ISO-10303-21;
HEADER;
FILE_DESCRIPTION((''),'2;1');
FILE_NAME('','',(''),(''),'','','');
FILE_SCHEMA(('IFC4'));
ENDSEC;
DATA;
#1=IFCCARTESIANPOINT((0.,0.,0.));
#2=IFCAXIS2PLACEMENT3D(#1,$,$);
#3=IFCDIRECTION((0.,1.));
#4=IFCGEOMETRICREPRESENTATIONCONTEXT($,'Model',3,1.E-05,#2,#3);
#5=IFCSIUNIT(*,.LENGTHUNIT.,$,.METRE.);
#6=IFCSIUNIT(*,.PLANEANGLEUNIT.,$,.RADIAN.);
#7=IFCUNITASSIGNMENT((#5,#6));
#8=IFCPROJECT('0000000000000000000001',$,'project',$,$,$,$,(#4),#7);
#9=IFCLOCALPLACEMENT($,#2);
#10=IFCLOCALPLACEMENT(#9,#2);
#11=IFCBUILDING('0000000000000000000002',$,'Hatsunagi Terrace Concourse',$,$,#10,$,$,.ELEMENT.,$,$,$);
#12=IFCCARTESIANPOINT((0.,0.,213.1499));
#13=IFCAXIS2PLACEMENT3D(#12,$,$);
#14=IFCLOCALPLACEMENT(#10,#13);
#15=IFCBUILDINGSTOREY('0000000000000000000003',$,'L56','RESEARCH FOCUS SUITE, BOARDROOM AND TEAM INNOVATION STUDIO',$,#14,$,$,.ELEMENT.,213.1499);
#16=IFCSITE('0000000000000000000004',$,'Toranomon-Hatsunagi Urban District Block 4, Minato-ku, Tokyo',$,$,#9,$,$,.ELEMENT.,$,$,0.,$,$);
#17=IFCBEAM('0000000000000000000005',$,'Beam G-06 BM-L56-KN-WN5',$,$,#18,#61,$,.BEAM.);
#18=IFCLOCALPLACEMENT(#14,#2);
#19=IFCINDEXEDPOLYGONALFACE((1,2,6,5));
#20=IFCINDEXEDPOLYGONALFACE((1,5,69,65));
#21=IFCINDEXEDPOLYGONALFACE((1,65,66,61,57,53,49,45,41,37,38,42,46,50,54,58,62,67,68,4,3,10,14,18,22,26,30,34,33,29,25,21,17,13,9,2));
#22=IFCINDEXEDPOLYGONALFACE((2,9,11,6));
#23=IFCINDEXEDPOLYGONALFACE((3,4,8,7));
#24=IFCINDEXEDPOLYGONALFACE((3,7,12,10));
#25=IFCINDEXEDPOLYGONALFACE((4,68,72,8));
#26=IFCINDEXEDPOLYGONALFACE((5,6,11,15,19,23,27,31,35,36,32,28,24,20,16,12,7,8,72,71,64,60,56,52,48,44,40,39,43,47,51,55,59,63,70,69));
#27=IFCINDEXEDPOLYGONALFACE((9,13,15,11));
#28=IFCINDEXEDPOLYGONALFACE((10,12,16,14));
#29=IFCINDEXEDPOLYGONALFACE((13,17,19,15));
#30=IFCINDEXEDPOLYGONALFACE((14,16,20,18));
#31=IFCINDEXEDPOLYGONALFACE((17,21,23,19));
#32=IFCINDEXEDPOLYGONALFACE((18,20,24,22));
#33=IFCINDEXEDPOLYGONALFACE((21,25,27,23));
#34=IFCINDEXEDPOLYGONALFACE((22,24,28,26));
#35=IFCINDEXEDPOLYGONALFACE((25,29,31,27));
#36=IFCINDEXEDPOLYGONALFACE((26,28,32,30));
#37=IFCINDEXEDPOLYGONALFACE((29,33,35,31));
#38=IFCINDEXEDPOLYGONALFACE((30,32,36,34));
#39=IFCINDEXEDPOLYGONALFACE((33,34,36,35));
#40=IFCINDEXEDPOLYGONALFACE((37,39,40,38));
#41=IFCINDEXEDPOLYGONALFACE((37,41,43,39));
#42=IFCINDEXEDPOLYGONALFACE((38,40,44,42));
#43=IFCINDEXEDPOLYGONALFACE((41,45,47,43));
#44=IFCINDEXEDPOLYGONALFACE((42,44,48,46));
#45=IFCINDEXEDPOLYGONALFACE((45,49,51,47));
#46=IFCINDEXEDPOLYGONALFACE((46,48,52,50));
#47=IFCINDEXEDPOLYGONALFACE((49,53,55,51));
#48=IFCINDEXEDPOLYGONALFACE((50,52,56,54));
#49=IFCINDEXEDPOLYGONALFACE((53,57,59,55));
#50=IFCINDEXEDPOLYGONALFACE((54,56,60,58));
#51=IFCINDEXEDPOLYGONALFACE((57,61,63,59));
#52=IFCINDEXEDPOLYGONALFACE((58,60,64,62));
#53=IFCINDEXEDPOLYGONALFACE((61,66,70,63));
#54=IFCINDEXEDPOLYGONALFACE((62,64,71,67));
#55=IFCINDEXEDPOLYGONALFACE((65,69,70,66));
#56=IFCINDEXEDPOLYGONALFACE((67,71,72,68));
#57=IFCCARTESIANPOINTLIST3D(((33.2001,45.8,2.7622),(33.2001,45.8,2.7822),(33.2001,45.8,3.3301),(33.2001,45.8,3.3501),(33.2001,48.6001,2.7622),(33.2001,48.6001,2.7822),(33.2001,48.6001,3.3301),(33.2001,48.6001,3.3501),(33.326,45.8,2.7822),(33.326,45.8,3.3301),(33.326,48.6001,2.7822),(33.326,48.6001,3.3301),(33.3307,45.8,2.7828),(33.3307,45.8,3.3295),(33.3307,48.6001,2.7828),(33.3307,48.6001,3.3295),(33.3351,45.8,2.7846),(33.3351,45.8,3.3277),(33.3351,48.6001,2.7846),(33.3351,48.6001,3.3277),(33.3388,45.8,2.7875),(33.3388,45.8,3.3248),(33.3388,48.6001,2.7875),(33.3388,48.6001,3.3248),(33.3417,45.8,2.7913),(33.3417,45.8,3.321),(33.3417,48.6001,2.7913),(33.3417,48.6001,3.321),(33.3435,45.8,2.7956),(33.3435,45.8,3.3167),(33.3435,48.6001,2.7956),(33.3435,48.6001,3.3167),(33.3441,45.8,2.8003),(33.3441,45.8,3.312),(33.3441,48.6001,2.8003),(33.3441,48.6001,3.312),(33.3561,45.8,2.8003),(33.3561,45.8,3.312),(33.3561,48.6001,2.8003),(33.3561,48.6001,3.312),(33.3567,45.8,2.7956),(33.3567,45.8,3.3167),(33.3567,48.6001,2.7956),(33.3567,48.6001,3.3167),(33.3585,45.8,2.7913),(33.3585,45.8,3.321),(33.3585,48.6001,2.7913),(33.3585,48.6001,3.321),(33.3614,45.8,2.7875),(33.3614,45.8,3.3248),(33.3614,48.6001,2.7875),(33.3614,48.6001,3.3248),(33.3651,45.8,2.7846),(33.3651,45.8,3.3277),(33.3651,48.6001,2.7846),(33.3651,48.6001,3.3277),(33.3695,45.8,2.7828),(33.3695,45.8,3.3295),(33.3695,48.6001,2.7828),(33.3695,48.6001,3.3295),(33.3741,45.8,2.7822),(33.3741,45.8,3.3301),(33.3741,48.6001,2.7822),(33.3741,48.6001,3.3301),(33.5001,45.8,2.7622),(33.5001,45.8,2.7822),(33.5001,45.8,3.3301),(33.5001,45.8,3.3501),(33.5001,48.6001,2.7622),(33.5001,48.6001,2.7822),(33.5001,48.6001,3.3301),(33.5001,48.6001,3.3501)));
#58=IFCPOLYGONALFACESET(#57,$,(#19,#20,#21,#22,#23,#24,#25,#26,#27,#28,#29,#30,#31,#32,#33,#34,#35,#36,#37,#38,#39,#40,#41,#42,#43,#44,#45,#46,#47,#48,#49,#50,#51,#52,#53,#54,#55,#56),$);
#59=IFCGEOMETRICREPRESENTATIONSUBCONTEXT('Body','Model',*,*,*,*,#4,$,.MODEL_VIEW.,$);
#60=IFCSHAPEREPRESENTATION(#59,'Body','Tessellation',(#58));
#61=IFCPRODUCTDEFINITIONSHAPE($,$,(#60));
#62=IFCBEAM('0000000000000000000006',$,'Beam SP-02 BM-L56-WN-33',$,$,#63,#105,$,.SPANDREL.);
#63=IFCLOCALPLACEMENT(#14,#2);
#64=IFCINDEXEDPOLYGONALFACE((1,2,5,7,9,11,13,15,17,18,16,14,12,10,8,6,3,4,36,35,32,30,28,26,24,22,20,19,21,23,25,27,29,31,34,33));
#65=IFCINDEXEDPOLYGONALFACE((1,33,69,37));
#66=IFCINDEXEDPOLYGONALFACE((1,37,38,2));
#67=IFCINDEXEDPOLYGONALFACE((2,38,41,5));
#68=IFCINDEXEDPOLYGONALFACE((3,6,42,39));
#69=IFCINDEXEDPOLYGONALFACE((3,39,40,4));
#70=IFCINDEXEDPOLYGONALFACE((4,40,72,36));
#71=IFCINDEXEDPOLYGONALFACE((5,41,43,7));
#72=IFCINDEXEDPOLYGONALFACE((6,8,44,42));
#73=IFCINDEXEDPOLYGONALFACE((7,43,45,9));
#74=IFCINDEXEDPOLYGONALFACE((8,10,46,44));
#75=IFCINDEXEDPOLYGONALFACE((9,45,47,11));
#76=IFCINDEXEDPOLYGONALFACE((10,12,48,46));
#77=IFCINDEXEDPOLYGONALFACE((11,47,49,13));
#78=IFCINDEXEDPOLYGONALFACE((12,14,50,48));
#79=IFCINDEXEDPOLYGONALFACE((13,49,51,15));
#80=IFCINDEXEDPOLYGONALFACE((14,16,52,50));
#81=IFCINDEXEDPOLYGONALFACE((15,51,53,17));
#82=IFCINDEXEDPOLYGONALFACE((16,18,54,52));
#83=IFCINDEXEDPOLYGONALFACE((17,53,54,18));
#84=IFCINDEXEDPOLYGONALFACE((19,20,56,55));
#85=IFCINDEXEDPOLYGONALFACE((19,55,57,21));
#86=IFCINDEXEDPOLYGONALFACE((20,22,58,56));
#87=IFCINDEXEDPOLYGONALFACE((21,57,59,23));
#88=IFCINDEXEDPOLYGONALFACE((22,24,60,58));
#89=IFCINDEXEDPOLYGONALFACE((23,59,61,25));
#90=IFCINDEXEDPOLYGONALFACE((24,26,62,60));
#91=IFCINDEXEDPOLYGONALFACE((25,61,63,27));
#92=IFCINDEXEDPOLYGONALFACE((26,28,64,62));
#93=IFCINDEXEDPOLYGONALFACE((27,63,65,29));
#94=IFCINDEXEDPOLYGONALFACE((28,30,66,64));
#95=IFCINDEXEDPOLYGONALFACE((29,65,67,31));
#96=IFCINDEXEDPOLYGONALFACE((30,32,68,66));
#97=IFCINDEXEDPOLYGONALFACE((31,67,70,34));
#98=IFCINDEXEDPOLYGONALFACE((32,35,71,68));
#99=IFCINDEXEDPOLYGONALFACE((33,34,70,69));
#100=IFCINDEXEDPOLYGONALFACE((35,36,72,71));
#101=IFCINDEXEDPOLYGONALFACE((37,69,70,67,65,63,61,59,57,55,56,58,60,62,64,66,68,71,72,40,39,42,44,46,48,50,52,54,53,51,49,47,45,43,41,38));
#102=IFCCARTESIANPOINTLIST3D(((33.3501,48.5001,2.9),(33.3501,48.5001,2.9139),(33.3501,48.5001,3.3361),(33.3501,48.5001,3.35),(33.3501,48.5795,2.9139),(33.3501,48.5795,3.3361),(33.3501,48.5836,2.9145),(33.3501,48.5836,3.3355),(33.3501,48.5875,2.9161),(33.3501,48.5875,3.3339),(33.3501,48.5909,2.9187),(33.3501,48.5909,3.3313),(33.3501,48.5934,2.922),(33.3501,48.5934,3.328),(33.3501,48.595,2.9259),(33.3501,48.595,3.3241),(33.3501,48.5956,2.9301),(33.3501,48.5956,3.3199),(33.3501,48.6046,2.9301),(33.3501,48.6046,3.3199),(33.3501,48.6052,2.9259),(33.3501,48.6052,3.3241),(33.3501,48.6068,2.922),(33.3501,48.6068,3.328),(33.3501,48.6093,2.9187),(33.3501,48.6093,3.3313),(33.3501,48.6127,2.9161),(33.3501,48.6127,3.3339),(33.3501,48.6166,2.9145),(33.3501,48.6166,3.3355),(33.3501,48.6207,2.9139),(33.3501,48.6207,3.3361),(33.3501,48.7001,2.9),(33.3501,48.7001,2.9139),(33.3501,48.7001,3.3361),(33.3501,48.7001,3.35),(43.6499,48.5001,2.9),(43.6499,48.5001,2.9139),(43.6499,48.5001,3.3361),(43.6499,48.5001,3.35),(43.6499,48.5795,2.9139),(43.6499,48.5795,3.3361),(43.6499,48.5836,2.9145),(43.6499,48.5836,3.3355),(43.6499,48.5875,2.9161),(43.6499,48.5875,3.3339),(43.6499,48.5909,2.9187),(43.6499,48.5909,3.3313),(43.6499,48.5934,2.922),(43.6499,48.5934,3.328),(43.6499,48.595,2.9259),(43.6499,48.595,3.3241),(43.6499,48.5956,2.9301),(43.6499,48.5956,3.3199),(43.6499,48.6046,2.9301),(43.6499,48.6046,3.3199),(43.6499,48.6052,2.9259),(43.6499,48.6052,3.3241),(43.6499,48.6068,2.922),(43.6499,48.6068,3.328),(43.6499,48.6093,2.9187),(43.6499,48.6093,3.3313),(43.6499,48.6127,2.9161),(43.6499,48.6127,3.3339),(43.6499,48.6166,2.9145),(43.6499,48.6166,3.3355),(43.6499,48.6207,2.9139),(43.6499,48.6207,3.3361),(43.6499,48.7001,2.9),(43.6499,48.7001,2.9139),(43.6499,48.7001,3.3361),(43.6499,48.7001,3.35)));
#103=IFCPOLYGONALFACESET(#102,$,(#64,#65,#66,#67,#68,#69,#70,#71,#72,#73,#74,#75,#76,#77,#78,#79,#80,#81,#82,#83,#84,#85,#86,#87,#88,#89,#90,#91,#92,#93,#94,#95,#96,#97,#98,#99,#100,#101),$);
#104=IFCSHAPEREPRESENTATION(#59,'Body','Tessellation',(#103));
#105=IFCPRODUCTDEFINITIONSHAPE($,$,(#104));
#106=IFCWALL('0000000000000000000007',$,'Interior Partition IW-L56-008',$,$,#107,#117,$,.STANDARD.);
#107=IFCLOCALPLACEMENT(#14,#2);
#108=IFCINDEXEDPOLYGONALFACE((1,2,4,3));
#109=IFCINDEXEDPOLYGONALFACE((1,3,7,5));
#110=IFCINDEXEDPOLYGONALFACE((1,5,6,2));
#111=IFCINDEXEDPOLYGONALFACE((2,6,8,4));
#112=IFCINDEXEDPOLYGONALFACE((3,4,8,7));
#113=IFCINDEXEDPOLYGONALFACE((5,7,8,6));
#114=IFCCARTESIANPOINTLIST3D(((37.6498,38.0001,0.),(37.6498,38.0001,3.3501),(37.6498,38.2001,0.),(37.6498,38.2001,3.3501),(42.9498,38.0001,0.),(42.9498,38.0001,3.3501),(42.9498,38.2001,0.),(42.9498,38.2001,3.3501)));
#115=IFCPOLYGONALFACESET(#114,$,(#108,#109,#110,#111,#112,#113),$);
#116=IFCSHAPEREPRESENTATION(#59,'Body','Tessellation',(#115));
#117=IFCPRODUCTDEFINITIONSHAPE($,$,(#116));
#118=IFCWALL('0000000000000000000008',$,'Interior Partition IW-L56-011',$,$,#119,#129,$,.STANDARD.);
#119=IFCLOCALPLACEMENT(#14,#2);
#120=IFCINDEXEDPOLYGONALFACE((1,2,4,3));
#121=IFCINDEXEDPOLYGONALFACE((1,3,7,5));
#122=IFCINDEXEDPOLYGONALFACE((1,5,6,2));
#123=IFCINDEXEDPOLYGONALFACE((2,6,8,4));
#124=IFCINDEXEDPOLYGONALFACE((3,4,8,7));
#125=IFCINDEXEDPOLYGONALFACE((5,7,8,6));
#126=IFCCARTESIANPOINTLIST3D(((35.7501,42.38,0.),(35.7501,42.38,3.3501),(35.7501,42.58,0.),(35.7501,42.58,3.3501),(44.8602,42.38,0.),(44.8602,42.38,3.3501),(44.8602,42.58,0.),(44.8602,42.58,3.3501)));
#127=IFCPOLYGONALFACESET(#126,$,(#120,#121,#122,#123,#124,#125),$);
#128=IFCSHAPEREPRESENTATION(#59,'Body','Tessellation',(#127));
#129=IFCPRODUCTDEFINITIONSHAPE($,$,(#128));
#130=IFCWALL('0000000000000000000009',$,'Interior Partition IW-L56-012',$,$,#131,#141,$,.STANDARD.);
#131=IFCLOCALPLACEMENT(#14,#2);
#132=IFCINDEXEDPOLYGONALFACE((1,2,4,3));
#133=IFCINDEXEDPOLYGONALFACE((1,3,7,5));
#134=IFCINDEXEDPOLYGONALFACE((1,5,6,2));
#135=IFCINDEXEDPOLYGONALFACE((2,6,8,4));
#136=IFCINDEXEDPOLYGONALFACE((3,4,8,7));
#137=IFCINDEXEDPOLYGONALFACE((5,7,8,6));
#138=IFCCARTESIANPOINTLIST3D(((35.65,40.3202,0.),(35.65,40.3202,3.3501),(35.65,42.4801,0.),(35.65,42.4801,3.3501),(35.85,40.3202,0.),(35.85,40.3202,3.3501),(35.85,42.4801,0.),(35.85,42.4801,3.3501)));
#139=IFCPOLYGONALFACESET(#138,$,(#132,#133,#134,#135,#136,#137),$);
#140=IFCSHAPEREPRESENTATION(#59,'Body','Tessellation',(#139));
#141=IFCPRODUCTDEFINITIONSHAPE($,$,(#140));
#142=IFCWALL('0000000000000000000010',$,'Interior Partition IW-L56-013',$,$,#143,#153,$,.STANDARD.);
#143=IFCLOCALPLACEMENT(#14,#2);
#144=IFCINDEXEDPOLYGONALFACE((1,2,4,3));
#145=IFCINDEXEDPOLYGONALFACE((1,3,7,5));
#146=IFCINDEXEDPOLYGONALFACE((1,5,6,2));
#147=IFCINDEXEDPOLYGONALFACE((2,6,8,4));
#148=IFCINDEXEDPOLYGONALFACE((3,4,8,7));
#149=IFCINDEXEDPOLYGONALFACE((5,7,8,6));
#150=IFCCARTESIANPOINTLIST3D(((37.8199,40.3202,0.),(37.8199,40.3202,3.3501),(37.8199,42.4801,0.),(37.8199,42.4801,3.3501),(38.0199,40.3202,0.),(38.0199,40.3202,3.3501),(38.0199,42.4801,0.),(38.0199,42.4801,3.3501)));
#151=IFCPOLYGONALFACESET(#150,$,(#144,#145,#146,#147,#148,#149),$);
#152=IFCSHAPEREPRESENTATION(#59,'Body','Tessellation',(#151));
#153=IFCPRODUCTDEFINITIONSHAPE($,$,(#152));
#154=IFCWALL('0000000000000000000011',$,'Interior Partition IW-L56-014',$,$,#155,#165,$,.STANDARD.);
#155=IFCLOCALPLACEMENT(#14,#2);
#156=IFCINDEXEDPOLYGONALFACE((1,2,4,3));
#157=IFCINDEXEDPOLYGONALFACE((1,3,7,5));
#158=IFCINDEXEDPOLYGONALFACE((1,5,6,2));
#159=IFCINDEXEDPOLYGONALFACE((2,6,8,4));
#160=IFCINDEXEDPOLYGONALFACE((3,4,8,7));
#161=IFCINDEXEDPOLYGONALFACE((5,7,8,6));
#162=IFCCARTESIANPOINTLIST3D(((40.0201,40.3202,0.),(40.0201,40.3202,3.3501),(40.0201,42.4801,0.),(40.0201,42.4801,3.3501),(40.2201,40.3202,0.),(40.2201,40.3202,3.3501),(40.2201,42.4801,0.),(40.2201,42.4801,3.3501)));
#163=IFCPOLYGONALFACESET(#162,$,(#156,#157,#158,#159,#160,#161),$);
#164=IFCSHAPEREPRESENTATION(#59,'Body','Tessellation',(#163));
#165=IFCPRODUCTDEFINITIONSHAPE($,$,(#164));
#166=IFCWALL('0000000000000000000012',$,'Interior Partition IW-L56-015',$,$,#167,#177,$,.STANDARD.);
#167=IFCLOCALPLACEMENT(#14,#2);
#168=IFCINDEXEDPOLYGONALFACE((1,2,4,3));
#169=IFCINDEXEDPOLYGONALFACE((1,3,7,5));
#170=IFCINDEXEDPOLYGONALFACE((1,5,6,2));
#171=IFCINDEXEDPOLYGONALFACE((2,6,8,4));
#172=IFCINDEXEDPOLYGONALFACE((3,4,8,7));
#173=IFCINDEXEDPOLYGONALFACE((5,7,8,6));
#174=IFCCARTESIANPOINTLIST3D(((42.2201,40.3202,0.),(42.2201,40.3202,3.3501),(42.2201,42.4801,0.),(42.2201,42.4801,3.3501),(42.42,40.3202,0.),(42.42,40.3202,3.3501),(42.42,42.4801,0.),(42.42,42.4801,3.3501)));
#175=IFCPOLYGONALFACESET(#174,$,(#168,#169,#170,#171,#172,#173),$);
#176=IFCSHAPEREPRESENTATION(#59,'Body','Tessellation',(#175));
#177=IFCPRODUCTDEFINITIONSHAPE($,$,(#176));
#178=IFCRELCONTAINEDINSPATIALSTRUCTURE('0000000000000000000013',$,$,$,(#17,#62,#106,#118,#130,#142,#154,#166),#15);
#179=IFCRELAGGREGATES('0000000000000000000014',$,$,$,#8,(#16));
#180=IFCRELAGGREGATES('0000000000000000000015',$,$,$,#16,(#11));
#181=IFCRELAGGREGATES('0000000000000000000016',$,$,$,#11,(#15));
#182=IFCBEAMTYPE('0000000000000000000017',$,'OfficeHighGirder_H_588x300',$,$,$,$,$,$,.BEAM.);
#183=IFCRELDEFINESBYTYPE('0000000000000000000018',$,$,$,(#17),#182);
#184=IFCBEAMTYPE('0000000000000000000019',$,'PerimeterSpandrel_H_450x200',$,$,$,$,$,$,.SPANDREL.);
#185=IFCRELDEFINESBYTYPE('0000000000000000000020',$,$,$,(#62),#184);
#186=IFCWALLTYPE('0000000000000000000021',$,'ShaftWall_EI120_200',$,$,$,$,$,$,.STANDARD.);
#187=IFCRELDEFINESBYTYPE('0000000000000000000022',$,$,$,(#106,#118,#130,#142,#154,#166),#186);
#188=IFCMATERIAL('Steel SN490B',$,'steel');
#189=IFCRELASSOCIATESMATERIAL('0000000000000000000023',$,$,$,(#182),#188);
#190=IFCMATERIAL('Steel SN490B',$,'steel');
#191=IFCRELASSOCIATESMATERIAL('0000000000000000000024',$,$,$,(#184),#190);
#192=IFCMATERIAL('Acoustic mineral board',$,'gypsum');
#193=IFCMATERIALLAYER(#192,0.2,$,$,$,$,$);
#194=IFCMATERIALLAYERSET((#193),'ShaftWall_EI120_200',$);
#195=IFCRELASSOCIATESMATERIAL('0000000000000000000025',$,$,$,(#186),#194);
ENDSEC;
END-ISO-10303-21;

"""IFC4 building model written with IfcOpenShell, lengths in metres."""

from ifc_helpers import new_model, si_unit, direction, frame, frame_2d, origin, origin_2d, place, context, subcontext, project, spatial, rectangle, i_section, extrude, material, layer, layer_set, material_profile, profile_set, type_object, element, save


model = new_model("IFC4")

# Units and contexts
model_context = context("Model", 3, precision=1e-05, world=origin(), true_north=direction((0.0, 1.0)))
body_context = subcontext(model_context, "Body", "Model", "MODEL_VIEW")
ifc_project = project(units=[si_unit("LENGTHUNIT", "METRE"), si_unit("PLANEANGLEUNIT", "RADIAN")], contexts=[model_context])

# Site, building, storey
site_placement = place(None, origin())
site = spatial("IfcSite", under=ifc_project, at=site_placement, Name="Toranomon-Hatsunagi Urban District Block 4, Minato-ku, Tokyo", CompositionType="ELEMENT", RefElevation=0.0)
building_placement = place(site_placement, origin())
building = spatial("IfcBuilding", under=site, at=building_placement, Name="Hatsunagi Terrace Concourse", CompositionType="ELEMENT")
storey_placement = place(building_placement, frame((0.0, 0.0, 213.1499)))
storey = spatial("IfcBuildingStorey", under=building, at=storey_placement, Name="L56", Description="RESEARCH FOCUS SUITE, BOARDROOM AND TEAM INNOVATION STUDIO", CompositionType="ELEMENT", Elevation=213.1499)

# Beams
ifc_material_1 = material(Name="Steel SN490B", Category="steel")
ifc_material_profile_1 = material_profile(ifc_material_1, i_section(OverallWidth=0.3, OverallDepth=0.5879, WebThickness=0.012, FlangeThickness=0.02, FilletRadius=0.0181, at=origin_2d()), Name="H-588x300x12x20")
ifc_profile_set_1 = profile_set([ifc_material_profile_1], Name="Steel SN490B")
beam_type_1 = type_object("IfcBeamType", Name="OfficeHighGirder_H_588x300", PredefinedType="BEAM", material=ifc_profile_set_1)
beam_1_placement = place(storey_placement, frame((33.3501, 45.8, 3.0562), z_axis=(0.0, 1.0, 0.0), x_axis=(-1.0, 0.0, 0.0)))
element("IfcBeam", 1, at=beam_1_placement, inside=storey, type_object=beam_type_1, Name="Beam G-06 BM-L56-KN-WN5", PredefinedType="BEAM", context=body_context, shape_type="SweptSolid", body=[
    extrude(i_section(OverallWidth=0.3, OverallDepth=0.5879, WebThickness=0.012, FlangeThickness=0.02, FilletRadius=0.0181, at=origin_2d()), origin(), (0.0, 0.0, 1.0), 2.8),
])
ifc_material_2 = material(Name="Steel SN490B", Category="steel")
ifc_material_profile_2 = material_profile(ifc_material_2, i_section(OverallWidth=0.2, OverallDepth=0.45, WebThickness=0.009, FlangeThickness=0.0139, FilletRadius=0.0161, at=origin_2d()), Name="H-450x200x9x14")
ifc_profile_set_2 = profile_set([ifc_material_profile_2], Name="Steel SN490B")
beam_type_2 = type_object("IfcBeamType", Name="PerimeterSpandrel_H_450x200", PredefinedType="SPANDREL", material=ifc_profile_set_2)
beam_2_placement = place(storey_placement, frame((33.3501, 48.6001, 3.125), z_axis=(1.0, 0.0, 0.0), x_axis=(0.0, 1.0, 0.0)))
element("IfcBeam", 2, at=beam_2_placement, inside=storey, type_object=beam_type_2, Name="Beam SP-02 BM-L56-WN-33", PredefinedType="SPANDREL", context=body_context, shape_type="SweptSolid", body=[
    extrude(i_section(OverallWidth=0.2, OverallDepth=0.45, WebThickness=0.009, FlangeThickness=0.0139, FilletRadius=0.0161, at=origin_2d()), origin(), (0.0, 0.0, 1.0), 10.2998),
])

# Walls
ifc_material_3 = material(Name="Acoustic mineral board", Category="gypsum")
ifc_layer_1 = layer(ifc_material_3, 0.2)
ifc_layer_set_1 = layer_set([ifc_layer_1], Name="ShaftWall_EI120_200")
wall_type_1 = type_object("IfcWallType", Name="ShaftWall_EI120_200", PredefinedType="STANDARD", material=ifc_layer_set_1)
wall_1_placement = place(storey_placement, frame((37.6499, 38.1001, 0.0), z_axis=(0.0, 0.0, 1.0), x_axis=(1.0, 0.0, 0.0)))
element("IfcWall", 3, at=wall_1_placement, inside=storey, type_object=wall_type_1, Name="Interior Partition IW-L56-008", PredefinedType="STANDARD", context=body_context, shape_type="SweptSolid", body=[
    extrude(rectangle(XDim=5.3, YDim=0.2, at=frame_2d((2.6499, 0.0))), origin(), (0.0, 0.0, 1.0), 3.3501),
])
wall_2_placement = place(storey_placement, frame((35.75, 42.48, 0.0), z_axis=(0.0, 0.0, 1.0), x_axis=(1.0, 0.0, 0.0)))
element("IfcWall", 4, at=wall_2_placement, inside=storey, type_object=wall_type_1, Name="Interior Partition IW-L56-011", PredefinedType="STANDARD", context=body_context, shape_type="SweptSolid", body=[
    extrude(rectangle(XDim=9.1101, YDim=0.2, at=frame_2d((4.5552, 0.0))), origin(), (0.0, 0.0, 1.0), 3.3501),
])
for number, where, z_axis, x_axis, name in (
    (5, (35.75, 40.3201, 0.0), (0.0, 0.0, 1.0), (0.0, 1.0, 0.0), "Interior Partition IW-L56-012"),
    (6, (37.9199, 40.3201, 0.0), (0.0, 0.0, 1.0), (0.0, 1.0, 0.0), "Interior Partition IW-L56-013"),
    (7, (40.1201, 40.3201, 0.0), (0.0, 0.0, 1.0), (0.0, 1.0, 0.0), "Interior Partition IW-L56-014"),
    (8, (42.3201, 40.3201, 0.0), (0.0, 0.0, 1.0), (0.0, 1.0, 0.0), "Interior Partition IW-L56-015"),
):
    element("IfcWall", number, at=place(storey_placement, frame(where, z_axis=z_axis, x_axis=x_axis)), inside=storey, type_object=wall_type_1, Name=name, PredefinedType="STANDARD", context=body_context, shape_type="SweptSolid", body=[
        extrude(rectangle(XDim=2.1599, YDim=0.2, at=frame_2d((1.0801, 0.0))), origin(), (0.0, 0.0, 1.0), 3.3501),
    ])

save(model, "model.ifc")
